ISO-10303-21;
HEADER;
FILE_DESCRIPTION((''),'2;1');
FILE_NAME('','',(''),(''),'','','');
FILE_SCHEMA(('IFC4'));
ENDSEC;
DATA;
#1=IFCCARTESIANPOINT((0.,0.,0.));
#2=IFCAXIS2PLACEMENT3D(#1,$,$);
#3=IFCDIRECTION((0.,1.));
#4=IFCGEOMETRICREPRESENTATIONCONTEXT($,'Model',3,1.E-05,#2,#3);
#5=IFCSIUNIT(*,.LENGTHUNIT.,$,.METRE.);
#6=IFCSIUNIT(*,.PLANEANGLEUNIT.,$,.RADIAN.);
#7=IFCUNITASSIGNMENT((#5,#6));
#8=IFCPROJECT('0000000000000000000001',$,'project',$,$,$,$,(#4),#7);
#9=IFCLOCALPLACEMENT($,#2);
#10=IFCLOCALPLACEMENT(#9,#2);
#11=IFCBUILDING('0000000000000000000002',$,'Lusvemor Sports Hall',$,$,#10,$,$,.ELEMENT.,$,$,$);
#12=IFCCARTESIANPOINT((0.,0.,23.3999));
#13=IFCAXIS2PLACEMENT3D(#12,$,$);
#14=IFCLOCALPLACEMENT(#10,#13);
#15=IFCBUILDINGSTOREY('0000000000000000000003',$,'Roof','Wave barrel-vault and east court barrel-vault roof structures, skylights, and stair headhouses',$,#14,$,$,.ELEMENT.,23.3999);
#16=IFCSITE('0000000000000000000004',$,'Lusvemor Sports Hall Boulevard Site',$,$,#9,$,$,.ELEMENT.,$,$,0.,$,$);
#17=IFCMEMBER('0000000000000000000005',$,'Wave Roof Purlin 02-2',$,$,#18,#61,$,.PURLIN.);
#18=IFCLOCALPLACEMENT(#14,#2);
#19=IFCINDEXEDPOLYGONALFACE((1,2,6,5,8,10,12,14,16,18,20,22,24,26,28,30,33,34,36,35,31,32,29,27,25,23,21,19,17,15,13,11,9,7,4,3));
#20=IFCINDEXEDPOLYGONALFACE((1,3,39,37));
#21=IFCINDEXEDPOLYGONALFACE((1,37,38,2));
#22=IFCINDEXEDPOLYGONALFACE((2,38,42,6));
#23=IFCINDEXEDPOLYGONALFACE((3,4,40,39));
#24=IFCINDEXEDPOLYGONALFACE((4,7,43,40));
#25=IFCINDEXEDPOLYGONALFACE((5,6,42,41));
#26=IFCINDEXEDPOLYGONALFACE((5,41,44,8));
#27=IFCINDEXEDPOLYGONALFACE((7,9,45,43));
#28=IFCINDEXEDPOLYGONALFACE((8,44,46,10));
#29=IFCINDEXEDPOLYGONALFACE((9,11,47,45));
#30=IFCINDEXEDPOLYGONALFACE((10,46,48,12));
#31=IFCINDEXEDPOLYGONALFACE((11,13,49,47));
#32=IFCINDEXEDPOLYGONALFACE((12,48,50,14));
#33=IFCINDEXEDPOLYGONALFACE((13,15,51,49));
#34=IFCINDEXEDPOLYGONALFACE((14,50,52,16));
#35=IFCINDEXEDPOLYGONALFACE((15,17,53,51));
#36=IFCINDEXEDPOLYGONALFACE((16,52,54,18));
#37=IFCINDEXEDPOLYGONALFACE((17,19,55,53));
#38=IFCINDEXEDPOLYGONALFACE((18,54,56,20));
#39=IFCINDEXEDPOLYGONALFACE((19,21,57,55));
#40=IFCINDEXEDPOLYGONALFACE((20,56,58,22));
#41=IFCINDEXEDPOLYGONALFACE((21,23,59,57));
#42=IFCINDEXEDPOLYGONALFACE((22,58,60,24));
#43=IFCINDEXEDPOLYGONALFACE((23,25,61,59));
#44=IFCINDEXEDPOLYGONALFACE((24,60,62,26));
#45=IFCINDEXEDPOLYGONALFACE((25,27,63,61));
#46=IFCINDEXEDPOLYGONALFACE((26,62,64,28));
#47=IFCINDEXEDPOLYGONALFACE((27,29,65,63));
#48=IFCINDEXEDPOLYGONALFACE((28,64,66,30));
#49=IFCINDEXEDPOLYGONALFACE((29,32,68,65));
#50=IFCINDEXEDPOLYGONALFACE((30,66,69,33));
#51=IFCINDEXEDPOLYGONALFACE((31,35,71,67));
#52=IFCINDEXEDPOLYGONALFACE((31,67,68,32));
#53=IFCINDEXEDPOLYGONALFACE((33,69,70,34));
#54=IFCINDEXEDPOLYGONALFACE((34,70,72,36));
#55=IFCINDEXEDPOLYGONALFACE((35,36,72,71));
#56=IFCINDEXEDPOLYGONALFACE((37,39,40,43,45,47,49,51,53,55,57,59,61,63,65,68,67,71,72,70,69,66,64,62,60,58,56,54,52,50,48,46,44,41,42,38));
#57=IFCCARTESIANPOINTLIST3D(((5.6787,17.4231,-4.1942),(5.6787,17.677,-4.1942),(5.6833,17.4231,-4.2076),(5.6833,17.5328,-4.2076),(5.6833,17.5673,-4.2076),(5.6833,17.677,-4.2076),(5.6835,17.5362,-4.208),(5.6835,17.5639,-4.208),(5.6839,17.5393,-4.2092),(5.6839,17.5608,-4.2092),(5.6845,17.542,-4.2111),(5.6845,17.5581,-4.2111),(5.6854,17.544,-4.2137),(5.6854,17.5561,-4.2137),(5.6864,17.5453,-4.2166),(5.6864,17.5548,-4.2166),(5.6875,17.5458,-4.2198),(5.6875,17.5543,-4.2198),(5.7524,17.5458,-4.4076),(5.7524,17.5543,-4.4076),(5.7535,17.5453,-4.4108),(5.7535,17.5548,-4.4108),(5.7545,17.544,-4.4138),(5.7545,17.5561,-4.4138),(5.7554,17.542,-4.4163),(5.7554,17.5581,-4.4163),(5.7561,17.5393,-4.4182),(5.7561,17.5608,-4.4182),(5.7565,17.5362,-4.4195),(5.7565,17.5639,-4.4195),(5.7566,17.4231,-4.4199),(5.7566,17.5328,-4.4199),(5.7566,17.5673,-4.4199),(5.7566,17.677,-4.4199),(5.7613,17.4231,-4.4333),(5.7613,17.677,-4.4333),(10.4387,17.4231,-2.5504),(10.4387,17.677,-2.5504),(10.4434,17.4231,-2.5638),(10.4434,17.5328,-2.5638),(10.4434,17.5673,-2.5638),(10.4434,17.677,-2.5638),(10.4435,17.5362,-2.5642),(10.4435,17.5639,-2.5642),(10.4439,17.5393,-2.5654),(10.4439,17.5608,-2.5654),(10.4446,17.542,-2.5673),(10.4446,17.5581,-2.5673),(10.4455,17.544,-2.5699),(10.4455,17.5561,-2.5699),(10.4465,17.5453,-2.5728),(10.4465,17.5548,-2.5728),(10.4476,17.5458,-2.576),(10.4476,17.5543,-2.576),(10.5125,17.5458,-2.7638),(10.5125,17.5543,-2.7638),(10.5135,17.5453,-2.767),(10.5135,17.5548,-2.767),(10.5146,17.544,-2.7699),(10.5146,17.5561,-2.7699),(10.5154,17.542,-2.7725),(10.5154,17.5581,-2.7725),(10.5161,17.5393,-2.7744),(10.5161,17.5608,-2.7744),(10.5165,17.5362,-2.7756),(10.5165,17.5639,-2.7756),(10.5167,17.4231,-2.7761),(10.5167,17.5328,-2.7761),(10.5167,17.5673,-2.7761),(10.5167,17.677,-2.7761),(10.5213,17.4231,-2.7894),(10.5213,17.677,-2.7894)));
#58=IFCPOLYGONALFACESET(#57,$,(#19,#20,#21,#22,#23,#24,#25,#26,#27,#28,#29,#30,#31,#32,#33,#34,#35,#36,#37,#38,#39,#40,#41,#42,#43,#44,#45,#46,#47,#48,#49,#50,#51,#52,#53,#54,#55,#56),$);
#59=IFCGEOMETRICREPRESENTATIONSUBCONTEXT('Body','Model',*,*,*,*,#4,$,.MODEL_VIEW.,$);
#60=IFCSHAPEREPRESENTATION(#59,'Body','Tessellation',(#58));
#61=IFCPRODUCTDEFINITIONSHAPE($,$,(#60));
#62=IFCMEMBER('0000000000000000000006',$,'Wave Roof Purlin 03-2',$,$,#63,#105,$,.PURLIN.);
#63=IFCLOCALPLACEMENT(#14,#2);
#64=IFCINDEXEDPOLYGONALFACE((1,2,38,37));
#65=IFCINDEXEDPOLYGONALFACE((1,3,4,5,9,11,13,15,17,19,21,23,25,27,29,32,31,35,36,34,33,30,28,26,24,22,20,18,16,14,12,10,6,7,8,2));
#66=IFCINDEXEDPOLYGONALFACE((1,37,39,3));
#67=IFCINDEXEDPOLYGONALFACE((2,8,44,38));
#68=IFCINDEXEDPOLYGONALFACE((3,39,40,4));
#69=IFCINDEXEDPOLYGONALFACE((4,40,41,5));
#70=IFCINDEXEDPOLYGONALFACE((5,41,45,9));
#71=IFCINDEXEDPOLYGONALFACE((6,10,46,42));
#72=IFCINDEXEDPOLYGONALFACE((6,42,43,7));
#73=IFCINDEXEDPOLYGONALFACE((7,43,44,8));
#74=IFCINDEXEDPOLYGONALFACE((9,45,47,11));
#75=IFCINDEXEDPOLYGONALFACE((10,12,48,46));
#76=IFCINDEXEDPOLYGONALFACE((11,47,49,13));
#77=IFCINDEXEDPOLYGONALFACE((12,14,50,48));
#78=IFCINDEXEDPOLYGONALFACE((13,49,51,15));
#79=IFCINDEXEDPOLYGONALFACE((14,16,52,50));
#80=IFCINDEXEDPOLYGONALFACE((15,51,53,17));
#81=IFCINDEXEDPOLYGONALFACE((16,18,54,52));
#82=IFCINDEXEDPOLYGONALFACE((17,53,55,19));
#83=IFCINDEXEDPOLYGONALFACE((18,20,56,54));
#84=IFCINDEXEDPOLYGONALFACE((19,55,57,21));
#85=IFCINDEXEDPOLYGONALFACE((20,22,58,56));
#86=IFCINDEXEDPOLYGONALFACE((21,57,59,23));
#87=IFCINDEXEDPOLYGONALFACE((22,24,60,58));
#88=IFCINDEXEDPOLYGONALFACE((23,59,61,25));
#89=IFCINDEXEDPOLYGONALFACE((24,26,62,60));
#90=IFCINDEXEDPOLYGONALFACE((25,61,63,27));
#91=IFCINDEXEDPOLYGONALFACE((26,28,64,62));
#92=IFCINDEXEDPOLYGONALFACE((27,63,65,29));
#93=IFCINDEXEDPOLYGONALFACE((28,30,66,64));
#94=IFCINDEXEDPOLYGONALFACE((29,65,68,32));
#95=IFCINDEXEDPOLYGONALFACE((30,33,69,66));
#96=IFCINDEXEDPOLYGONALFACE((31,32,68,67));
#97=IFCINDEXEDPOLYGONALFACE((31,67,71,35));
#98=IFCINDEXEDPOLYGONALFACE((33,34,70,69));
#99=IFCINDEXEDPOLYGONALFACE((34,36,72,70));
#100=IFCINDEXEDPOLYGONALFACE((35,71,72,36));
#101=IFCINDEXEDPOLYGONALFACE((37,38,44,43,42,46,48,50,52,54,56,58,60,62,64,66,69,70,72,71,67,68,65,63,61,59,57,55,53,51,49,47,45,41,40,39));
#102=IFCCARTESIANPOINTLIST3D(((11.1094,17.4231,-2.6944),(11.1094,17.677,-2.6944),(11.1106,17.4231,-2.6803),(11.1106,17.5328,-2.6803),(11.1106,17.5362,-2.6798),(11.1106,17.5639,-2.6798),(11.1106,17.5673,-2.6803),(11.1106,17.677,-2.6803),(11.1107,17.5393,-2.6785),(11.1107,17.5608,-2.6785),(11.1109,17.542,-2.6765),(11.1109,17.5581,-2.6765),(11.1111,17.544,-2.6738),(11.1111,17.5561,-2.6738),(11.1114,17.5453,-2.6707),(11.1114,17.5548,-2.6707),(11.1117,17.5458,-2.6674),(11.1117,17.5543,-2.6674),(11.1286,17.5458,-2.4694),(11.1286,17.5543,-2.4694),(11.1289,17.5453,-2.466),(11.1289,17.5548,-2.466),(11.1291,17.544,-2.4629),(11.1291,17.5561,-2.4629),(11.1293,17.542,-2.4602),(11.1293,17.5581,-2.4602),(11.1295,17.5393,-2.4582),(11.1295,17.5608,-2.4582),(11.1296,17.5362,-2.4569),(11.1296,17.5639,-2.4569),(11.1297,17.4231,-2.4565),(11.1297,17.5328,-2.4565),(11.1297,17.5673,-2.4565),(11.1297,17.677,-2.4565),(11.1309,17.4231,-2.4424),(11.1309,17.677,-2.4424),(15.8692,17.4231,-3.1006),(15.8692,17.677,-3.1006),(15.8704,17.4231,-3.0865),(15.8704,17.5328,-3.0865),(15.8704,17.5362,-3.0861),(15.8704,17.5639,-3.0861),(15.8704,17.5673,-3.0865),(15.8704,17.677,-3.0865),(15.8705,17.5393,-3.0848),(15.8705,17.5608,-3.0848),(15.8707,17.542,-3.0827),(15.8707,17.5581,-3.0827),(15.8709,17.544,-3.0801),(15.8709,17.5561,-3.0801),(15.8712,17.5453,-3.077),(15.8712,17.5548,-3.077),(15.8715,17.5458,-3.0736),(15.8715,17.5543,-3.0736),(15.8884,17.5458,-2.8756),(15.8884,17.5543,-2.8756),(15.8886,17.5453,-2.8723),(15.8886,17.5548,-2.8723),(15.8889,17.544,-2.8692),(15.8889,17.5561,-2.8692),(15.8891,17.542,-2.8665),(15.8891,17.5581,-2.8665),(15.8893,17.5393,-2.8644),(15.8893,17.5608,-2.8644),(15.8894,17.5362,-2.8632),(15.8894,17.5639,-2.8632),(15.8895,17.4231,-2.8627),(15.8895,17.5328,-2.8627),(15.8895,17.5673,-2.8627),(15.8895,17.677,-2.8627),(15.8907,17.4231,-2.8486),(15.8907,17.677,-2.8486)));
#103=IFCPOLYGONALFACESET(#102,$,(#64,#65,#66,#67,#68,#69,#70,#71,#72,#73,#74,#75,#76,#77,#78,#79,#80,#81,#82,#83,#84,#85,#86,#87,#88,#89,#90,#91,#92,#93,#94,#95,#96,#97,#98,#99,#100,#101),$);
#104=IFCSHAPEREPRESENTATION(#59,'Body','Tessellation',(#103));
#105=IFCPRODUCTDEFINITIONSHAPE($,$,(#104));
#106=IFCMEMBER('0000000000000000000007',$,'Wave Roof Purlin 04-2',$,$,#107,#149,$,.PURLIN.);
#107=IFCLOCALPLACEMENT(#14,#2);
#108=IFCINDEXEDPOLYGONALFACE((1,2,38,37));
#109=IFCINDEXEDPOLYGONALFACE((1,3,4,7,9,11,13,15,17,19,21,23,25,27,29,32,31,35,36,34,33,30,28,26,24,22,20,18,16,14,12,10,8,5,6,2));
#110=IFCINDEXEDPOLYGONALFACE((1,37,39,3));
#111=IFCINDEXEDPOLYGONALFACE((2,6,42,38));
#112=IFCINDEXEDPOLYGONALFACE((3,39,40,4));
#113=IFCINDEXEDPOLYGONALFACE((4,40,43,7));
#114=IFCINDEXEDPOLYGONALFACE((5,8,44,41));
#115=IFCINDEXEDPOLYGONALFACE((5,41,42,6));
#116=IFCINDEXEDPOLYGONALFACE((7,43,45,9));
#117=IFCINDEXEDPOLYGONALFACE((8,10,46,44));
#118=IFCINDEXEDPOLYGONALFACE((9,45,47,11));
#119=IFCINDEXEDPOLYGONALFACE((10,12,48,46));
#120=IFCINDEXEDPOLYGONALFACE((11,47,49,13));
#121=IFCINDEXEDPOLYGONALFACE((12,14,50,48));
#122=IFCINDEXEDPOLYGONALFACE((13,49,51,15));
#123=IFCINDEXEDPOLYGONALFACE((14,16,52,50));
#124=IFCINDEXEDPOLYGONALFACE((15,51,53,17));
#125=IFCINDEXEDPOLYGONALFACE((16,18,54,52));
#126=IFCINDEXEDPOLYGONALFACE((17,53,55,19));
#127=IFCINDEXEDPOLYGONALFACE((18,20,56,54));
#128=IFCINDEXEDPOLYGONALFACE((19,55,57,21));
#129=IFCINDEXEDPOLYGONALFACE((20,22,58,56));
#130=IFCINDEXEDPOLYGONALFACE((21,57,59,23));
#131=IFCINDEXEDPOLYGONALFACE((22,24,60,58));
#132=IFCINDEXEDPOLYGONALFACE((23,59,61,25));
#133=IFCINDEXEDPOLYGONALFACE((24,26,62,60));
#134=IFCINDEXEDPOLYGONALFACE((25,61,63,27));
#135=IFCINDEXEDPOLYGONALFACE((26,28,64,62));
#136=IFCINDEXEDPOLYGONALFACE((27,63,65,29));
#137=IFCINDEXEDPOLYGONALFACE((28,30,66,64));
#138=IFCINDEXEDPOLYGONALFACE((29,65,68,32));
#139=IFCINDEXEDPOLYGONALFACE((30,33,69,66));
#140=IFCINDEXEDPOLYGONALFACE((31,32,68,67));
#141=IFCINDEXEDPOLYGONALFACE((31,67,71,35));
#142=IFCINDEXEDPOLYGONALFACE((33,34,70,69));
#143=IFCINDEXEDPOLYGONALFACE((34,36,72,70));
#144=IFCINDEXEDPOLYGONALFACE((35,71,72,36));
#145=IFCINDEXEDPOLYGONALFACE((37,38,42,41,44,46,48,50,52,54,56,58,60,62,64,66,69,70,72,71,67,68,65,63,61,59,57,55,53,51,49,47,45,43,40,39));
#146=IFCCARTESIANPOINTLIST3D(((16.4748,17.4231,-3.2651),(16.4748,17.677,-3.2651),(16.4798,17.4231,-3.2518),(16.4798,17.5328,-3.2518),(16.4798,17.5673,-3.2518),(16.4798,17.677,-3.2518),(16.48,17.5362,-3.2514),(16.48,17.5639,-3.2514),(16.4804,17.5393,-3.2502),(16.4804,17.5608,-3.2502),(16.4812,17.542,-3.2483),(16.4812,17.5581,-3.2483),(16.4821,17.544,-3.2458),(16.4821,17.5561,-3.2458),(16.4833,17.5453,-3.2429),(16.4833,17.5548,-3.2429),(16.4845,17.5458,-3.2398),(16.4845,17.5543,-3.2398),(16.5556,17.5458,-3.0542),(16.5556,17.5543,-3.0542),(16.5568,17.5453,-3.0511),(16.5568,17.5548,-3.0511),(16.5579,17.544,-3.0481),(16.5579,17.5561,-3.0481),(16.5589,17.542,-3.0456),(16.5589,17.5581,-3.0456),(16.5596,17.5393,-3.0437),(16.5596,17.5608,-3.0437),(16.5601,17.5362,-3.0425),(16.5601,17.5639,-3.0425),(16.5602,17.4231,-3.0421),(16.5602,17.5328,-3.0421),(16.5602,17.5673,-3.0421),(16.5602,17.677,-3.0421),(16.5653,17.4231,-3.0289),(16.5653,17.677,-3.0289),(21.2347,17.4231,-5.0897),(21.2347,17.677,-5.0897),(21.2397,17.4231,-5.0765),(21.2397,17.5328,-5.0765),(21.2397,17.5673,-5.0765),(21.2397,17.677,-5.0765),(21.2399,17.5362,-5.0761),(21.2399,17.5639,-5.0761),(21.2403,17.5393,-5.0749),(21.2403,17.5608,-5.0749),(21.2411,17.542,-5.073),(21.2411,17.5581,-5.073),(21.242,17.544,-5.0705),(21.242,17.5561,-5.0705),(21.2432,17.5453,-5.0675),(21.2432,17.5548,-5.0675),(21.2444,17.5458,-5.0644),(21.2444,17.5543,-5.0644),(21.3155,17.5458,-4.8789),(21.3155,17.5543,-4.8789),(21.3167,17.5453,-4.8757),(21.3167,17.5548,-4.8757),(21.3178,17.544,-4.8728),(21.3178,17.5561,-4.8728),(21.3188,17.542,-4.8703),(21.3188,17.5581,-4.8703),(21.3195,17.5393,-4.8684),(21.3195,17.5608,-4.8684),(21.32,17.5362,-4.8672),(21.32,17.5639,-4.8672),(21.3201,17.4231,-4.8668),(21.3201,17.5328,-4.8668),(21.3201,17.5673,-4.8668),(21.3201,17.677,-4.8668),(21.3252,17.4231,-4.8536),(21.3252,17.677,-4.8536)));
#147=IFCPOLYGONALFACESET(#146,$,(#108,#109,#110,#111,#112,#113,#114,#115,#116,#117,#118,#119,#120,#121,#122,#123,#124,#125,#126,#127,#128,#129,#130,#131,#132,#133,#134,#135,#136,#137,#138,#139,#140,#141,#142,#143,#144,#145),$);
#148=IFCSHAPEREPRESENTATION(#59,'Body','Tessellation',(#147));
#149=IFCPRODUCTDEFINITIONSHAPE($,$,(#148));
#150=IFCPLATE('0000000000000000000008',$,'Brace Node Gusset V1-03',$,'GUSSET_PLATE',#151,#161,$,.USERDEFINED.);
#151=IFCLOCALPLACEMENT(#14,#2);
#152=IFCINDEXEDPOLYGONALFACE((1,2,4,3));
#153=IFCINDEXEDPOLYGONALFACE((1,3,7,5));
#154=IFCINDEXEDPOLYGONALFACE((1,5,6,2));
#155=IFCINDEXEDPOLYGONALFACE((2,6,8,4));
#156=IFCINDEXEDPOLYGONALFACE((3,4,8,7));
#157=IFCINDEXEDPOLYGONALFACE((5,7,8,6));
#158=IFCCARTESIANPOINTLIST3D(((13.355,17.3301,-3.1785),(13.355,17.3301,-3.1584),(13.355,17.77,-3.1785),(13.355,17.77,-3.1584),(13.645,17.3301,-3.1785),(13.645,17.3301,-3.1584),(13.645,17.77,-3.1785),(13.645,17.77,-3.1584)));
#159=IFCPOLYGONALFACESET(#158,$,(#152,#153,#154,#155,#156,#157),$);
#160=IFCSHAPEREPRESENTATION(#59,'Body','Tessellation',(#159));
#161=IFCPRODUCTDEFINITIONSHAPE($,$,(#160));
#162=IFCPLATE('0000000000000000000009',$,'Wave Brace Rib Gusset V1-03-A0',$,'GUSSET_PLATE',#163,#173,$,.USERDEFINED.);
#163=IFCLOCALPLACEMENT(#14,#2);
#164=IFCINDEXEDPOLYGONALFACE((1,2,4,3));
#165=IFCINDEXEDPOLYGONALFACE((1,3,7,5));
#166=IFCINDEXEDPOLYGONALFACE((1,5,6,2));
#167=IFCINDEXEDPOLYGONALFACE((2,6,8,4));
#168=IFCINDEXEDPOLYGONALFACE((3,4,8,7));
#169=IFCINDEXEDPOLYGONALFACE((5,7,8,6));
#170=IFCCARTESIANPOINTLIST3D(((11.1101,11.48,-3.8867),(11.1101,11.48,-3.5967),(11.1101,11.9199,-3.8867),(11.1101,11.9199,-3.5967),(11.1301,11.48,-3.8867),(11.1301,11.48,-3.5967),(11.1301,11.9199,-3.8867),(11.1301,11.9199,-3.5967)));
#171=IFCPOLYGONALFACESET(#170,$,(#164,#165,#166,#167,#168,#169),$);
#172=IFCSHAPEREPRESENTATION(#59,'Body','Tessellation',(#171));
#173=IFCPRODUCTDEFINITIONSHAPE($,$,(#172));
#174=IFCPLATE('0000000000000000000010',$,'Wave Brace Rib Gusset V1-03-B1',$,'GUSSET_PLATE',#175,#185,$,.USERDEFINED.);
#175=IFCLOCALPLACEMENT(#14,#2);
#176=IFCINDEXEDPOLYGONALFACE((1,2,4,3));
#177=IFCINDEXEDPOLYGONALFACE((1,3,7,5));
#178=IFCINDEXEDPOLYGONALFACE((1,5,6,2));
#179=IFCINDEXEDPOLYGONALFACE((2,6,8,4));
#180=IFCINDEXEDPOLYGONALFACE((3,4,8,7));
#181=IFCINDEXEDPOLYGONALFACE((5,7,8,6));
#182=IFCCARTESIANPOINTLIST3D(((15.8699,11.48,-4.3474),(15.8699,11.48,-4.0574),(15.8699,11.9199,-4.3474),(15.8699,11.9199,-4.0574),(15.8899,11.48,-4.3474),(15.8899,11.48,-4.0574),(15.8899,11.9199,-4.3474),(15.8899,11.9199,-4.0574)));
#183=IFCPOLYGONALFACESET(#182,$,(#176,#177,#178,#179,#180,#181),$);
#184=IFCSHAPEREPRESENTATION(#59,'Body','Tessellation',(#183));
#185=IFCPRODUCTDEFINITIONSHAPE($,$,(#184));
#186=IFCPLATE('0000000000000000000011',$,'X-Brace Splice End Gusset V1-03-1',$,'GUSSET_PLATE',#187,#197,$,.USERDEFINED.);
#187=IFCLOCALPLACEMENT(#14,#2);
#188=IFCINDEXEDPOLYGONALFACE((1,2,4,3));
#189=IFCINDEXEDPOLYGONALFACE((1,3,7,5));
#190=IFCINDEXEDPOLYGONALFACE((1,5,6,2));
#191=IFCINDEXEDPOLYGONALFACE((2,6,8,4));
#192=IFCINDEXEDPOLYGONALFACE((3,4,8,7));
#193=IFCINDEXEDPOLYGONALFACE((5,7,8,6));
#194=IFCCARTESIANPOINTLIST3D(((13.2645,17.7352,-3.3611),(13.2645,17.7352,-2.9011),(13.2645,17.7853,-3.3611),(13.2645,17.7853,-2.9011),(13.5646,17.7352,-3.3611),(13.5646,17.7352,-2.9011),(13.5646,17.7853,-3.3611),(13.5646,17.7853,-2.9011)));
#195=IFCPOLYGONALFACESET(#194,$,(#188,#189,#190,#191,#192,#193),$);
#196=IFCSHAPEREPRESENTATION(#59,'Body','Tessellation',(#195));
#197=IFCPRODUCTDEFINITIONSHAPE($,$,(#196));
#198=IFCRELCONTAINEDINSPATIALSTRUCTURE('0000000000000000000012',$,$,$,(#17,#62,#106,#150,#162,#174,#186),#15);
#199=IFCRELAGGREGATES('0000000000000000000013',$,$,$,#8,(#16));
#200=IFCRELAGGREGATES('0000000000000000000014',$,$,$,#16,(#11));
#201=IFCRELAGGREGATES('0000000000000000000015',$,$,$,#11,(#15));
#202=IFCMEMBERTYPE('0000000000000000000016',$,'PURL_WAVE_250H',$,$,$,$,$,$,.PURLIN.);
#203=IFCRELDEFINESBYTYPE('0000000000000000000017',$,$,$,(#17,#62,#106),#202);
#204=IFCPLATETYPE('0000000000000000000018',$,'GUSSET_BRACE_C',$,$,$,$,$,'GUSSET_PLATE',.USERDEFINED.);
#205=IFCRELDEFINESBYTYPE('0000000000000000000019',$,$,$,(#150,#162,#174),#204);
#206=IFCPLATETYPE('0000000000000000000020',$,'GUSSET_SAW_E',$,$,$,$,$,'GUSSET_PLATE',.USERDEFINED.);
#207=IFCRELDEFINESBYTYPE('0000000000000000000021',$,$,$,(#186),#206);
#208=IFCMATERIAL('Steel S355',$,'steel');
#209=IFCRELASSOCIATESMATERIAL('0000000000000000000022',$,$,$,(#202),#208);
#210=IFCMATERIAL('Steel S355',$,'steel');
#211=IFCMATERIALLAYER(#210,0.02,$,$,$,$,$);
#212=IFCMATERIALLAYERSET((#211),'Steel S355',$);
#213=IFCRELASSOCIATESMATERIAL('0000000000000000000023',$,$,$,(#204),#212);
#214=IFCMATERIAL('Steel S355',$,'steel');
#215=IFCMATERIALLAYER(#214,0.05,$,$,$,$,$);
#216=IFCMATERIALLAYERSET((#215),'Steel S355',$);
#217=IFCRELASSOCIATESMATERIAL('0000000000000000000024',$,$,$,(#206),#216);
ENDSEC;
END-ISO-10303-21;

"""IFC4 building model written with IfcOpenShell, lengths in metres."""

from ifc_helpers import new_model, si_unit, direction, frame, origin, origin_2d, place, context, subcontext, project, spatial, rectangle, i_section, extrude, material, layer, layer_set, material_profile, profile_set, type_object, element, save


model = new_model("IFC4")

# Units and contexts
model_context = context("Model", 3, precision=1e-05, world=origin(), true_north=direction((0.0, 1.0)))
body_context = subcontext(model_context, "Body", "Model", "MODEL_VIEW")
ifc_project = project(units=[si_unit("LENGTHUNIT", "METRE"), si_unit("PLANEANGLEUNIT", "RADIAN")], contexts=[model_context])

# Site, building, storey
site_placement = place(None, origin())
site = spatial("IfcSite", under=ifc_project, at=site_placement, Name="Lusvemor Sports Hall Boulevard Site", CompositionType="ELEMENT", RefElevation=0.0)
building_placement = place(site_placement, origin())
building = spatial("IfcBuilding", under=site, at=building_placement, Name="Lusvemor Sports Hall", CompositionType="ELEMENT")
storey_placement = place(building_placement, frame((0.0, 0.0, 23.3999)))
storey = spatial("IfcBuildingStorey", under=building, at=storey_placement, Name="Roof", Description="Wave barrel-vault and east court barrel-vault roof structures, skylights, and stair headhouses", CompositionType="ELEMENT", Elevation=23.3999)

# Members
ifc_material_1 = material(Name="Steel S355", Category="steel")
ifc_material_profile_1 = material_profile(ifc_material_1, i_section(OverallWidth=0.2539, OverallDepth=0.2529, WebThickness=0.0085, FlangeThickness=0.0142, FilletRadius=0.0129, at=origin_2d()), Name="W250x73.0")
ifc_profile_set_1 = profile_set([ifc_material_profile_1], Name="Steel S355")
member_type_1 = type_object("IfcMemberType", Name="PURL_WAVE_250H", PredefinedType="PURLIN", material=ifc_profile_set_1)
member_1_placement = place(storey_placement, frame((5.72, 17.55, -4.3137), z_axis=(0.945225, 0.0, 0.326419), x_axis=(0.0, 1.0, 0.0)))
element("IfcMember", 1, at=member_1_placement, inside=storey, type_object=member_type_1, Name="Wave Roof Purlin 02-2", PredefinedType="PURLIN", context=body_context, shape_type="SweptSolid", body=[
    extrude(i_section(OverallWidth=0.2539, OverallDepth=0.2529, WebThickness=0.0085, FlangeThickness=0.0142, FilletRadius=0.0129, at=origin_2d()), origin(), (0.0, 0.0, 1.0), 5.0359),
])
member_2_placement = place(storey_placement, frame((11.1201, 17.55, -2.5684), z_axis=(0.996377, 0.0, -0.085042), x_axis=(0.0, 1.0, 0.0)))
element("IfcMember", 2, at=member_2_placement, inside=storey, type_object=member_type_1, Name="Wave Roof Purlin 03-2", PredefinedType="PURLIN", context=body_context, shape_type="SweptSolid", body=[
    extrude(i_section(OverallWidth=0.2539, OverallDepth=0.2529, WebThickness=0.0085, FlangeThickness=0.0142, FilletRadius=0.0129, at=origin_2d()), origin(), (0.0, 0.0, 1.0), 4.7771),
])
member_3_placement = place(storey_placement, frame((16.52, 17.55, -3.147), z_axis=(0.933744, 0.0, -0.357942), x_axis=(0.0, 1.0, 0.0)))
element("IfcMember", 3, at=member_3_placement, inside=storey, type_object=member_type_1, Name="Wave Roof Purlin 04-2", PredefinedType="PURLIN", context=body_context, shape_type="SweptSolid", body=[
    extrude(i_section(OverallWidth=0.2539, OverallDepth=0.2529, WebThickness=0.0085, FlangeThickness=0.0142, FilletRadius=0.0129, at=origin_2d()), origin(), (0.0, 0.0, 1.0), 5.0977),
])

# Plates
ifc_material_2 = material(Name="Steel S355", Category="steel")
ifc_layer_1 = layer(ifc_material_2, 0.02)
ifc_layer_set_1 = layer_set([ifc_layer_1], Name="Steel S355")
plate_type_1 = type_object("IfcPlateType", Name="GUSSET_BRACE_C", ElementType="GUSSET_PLATE", PredefinedType="USERDEFINED", material=ifc_layer_set_1)
plate_placement = place(storey_placement, frame((13.5, 17.55, -3.1785), z_axis=(0.0, 0.0, 1.0), x_axis=(1.0, 0.0, 0.0)))
element("IfcPlate", 4, at=plate_placement, inside=storey, type_object=plate_type_1, Name="Brace Node Gusset V1-03", ObjectType="GUSSET_PLATE", PredefinedType="USERDEFINED", context=body_context, shape_type="SweptSolid", body=[
    extrude(rectangle(XDim=0.29, YDim=0.4399, at=origin_2d()), origin(), (0.0, 0.0, 1.0), 0.02),
])
for number, where, z_axis, x_axis, name in (
    (5, (11.1201, 11.7, -3.8867), (0.0, 0.0, 1.0), (1.0, 0.0, 0.0), "Wave Brace Rib Gusset V1-03-A0"),
    (6, (15.8799, 11.7, -4.3474), (0.0, 0.0, 1.0), (1.0, 0.0, 0.0), "Wave Brace Rib Gusset V1-03-B1"),
):
    element("IfcPlate", number, at=place(storey_placement, frame(where, z_axis=z_axis, x_axis=x_axis)), inside=storey, type_object=plate_type_1, Name=name, ObjectType="GUSSET_PLATE", PredefinedType="USERDEFINED", context=body_context, shape_type="SweptSolid", body=[
        extrude(rectangle(XDim=0.02, YDim=0.4399, at=origin_2d()), origin(), (0.0, 0.0, 1.0), 0.29),
    ])
ifc_material_3 = material(Name="Steel S355", Category="steel")
ifc_layer_2 = layer(ifc_material_3, 0.05)
ifc_layer_set_2 = layer_set([ifc_layer_2], Name="Steel S355")
plate_type_2 = type_object("IfcPlateType", Name="GUSSET_SAW_E", ElementType="GUSSET_PLATE", PredefinedType="USERDEFINED", material=ifc_layer_set_2)
for number, where, z_axis, x_axis, name in (
    (7, (13.4146, 17.7603, -3.3611), (0.0, 0.0, 1.0), (1.0, 0.0, 0.0), "X-Brace Splice End Gusset V1-03-1"),
):
    element("IfcPlate", number, at=place(storey_placement, frame(where, z_axis=z_axis, x_axis=x_axis)), inside=storey, type_object=plate_type_2, Name=name, ObjectType="GUSSET_PLATE", PredefinedType="USERDEFINED", context=body_context, shape_type="SweptSolid", body=[
        extrude(rectangle(XDim=0.3, YDim=0.05, at=origin_2d()), origin(), (0.0, 0.0, 1.0), 0.46),
    ])

save(model, "model.ifc")
